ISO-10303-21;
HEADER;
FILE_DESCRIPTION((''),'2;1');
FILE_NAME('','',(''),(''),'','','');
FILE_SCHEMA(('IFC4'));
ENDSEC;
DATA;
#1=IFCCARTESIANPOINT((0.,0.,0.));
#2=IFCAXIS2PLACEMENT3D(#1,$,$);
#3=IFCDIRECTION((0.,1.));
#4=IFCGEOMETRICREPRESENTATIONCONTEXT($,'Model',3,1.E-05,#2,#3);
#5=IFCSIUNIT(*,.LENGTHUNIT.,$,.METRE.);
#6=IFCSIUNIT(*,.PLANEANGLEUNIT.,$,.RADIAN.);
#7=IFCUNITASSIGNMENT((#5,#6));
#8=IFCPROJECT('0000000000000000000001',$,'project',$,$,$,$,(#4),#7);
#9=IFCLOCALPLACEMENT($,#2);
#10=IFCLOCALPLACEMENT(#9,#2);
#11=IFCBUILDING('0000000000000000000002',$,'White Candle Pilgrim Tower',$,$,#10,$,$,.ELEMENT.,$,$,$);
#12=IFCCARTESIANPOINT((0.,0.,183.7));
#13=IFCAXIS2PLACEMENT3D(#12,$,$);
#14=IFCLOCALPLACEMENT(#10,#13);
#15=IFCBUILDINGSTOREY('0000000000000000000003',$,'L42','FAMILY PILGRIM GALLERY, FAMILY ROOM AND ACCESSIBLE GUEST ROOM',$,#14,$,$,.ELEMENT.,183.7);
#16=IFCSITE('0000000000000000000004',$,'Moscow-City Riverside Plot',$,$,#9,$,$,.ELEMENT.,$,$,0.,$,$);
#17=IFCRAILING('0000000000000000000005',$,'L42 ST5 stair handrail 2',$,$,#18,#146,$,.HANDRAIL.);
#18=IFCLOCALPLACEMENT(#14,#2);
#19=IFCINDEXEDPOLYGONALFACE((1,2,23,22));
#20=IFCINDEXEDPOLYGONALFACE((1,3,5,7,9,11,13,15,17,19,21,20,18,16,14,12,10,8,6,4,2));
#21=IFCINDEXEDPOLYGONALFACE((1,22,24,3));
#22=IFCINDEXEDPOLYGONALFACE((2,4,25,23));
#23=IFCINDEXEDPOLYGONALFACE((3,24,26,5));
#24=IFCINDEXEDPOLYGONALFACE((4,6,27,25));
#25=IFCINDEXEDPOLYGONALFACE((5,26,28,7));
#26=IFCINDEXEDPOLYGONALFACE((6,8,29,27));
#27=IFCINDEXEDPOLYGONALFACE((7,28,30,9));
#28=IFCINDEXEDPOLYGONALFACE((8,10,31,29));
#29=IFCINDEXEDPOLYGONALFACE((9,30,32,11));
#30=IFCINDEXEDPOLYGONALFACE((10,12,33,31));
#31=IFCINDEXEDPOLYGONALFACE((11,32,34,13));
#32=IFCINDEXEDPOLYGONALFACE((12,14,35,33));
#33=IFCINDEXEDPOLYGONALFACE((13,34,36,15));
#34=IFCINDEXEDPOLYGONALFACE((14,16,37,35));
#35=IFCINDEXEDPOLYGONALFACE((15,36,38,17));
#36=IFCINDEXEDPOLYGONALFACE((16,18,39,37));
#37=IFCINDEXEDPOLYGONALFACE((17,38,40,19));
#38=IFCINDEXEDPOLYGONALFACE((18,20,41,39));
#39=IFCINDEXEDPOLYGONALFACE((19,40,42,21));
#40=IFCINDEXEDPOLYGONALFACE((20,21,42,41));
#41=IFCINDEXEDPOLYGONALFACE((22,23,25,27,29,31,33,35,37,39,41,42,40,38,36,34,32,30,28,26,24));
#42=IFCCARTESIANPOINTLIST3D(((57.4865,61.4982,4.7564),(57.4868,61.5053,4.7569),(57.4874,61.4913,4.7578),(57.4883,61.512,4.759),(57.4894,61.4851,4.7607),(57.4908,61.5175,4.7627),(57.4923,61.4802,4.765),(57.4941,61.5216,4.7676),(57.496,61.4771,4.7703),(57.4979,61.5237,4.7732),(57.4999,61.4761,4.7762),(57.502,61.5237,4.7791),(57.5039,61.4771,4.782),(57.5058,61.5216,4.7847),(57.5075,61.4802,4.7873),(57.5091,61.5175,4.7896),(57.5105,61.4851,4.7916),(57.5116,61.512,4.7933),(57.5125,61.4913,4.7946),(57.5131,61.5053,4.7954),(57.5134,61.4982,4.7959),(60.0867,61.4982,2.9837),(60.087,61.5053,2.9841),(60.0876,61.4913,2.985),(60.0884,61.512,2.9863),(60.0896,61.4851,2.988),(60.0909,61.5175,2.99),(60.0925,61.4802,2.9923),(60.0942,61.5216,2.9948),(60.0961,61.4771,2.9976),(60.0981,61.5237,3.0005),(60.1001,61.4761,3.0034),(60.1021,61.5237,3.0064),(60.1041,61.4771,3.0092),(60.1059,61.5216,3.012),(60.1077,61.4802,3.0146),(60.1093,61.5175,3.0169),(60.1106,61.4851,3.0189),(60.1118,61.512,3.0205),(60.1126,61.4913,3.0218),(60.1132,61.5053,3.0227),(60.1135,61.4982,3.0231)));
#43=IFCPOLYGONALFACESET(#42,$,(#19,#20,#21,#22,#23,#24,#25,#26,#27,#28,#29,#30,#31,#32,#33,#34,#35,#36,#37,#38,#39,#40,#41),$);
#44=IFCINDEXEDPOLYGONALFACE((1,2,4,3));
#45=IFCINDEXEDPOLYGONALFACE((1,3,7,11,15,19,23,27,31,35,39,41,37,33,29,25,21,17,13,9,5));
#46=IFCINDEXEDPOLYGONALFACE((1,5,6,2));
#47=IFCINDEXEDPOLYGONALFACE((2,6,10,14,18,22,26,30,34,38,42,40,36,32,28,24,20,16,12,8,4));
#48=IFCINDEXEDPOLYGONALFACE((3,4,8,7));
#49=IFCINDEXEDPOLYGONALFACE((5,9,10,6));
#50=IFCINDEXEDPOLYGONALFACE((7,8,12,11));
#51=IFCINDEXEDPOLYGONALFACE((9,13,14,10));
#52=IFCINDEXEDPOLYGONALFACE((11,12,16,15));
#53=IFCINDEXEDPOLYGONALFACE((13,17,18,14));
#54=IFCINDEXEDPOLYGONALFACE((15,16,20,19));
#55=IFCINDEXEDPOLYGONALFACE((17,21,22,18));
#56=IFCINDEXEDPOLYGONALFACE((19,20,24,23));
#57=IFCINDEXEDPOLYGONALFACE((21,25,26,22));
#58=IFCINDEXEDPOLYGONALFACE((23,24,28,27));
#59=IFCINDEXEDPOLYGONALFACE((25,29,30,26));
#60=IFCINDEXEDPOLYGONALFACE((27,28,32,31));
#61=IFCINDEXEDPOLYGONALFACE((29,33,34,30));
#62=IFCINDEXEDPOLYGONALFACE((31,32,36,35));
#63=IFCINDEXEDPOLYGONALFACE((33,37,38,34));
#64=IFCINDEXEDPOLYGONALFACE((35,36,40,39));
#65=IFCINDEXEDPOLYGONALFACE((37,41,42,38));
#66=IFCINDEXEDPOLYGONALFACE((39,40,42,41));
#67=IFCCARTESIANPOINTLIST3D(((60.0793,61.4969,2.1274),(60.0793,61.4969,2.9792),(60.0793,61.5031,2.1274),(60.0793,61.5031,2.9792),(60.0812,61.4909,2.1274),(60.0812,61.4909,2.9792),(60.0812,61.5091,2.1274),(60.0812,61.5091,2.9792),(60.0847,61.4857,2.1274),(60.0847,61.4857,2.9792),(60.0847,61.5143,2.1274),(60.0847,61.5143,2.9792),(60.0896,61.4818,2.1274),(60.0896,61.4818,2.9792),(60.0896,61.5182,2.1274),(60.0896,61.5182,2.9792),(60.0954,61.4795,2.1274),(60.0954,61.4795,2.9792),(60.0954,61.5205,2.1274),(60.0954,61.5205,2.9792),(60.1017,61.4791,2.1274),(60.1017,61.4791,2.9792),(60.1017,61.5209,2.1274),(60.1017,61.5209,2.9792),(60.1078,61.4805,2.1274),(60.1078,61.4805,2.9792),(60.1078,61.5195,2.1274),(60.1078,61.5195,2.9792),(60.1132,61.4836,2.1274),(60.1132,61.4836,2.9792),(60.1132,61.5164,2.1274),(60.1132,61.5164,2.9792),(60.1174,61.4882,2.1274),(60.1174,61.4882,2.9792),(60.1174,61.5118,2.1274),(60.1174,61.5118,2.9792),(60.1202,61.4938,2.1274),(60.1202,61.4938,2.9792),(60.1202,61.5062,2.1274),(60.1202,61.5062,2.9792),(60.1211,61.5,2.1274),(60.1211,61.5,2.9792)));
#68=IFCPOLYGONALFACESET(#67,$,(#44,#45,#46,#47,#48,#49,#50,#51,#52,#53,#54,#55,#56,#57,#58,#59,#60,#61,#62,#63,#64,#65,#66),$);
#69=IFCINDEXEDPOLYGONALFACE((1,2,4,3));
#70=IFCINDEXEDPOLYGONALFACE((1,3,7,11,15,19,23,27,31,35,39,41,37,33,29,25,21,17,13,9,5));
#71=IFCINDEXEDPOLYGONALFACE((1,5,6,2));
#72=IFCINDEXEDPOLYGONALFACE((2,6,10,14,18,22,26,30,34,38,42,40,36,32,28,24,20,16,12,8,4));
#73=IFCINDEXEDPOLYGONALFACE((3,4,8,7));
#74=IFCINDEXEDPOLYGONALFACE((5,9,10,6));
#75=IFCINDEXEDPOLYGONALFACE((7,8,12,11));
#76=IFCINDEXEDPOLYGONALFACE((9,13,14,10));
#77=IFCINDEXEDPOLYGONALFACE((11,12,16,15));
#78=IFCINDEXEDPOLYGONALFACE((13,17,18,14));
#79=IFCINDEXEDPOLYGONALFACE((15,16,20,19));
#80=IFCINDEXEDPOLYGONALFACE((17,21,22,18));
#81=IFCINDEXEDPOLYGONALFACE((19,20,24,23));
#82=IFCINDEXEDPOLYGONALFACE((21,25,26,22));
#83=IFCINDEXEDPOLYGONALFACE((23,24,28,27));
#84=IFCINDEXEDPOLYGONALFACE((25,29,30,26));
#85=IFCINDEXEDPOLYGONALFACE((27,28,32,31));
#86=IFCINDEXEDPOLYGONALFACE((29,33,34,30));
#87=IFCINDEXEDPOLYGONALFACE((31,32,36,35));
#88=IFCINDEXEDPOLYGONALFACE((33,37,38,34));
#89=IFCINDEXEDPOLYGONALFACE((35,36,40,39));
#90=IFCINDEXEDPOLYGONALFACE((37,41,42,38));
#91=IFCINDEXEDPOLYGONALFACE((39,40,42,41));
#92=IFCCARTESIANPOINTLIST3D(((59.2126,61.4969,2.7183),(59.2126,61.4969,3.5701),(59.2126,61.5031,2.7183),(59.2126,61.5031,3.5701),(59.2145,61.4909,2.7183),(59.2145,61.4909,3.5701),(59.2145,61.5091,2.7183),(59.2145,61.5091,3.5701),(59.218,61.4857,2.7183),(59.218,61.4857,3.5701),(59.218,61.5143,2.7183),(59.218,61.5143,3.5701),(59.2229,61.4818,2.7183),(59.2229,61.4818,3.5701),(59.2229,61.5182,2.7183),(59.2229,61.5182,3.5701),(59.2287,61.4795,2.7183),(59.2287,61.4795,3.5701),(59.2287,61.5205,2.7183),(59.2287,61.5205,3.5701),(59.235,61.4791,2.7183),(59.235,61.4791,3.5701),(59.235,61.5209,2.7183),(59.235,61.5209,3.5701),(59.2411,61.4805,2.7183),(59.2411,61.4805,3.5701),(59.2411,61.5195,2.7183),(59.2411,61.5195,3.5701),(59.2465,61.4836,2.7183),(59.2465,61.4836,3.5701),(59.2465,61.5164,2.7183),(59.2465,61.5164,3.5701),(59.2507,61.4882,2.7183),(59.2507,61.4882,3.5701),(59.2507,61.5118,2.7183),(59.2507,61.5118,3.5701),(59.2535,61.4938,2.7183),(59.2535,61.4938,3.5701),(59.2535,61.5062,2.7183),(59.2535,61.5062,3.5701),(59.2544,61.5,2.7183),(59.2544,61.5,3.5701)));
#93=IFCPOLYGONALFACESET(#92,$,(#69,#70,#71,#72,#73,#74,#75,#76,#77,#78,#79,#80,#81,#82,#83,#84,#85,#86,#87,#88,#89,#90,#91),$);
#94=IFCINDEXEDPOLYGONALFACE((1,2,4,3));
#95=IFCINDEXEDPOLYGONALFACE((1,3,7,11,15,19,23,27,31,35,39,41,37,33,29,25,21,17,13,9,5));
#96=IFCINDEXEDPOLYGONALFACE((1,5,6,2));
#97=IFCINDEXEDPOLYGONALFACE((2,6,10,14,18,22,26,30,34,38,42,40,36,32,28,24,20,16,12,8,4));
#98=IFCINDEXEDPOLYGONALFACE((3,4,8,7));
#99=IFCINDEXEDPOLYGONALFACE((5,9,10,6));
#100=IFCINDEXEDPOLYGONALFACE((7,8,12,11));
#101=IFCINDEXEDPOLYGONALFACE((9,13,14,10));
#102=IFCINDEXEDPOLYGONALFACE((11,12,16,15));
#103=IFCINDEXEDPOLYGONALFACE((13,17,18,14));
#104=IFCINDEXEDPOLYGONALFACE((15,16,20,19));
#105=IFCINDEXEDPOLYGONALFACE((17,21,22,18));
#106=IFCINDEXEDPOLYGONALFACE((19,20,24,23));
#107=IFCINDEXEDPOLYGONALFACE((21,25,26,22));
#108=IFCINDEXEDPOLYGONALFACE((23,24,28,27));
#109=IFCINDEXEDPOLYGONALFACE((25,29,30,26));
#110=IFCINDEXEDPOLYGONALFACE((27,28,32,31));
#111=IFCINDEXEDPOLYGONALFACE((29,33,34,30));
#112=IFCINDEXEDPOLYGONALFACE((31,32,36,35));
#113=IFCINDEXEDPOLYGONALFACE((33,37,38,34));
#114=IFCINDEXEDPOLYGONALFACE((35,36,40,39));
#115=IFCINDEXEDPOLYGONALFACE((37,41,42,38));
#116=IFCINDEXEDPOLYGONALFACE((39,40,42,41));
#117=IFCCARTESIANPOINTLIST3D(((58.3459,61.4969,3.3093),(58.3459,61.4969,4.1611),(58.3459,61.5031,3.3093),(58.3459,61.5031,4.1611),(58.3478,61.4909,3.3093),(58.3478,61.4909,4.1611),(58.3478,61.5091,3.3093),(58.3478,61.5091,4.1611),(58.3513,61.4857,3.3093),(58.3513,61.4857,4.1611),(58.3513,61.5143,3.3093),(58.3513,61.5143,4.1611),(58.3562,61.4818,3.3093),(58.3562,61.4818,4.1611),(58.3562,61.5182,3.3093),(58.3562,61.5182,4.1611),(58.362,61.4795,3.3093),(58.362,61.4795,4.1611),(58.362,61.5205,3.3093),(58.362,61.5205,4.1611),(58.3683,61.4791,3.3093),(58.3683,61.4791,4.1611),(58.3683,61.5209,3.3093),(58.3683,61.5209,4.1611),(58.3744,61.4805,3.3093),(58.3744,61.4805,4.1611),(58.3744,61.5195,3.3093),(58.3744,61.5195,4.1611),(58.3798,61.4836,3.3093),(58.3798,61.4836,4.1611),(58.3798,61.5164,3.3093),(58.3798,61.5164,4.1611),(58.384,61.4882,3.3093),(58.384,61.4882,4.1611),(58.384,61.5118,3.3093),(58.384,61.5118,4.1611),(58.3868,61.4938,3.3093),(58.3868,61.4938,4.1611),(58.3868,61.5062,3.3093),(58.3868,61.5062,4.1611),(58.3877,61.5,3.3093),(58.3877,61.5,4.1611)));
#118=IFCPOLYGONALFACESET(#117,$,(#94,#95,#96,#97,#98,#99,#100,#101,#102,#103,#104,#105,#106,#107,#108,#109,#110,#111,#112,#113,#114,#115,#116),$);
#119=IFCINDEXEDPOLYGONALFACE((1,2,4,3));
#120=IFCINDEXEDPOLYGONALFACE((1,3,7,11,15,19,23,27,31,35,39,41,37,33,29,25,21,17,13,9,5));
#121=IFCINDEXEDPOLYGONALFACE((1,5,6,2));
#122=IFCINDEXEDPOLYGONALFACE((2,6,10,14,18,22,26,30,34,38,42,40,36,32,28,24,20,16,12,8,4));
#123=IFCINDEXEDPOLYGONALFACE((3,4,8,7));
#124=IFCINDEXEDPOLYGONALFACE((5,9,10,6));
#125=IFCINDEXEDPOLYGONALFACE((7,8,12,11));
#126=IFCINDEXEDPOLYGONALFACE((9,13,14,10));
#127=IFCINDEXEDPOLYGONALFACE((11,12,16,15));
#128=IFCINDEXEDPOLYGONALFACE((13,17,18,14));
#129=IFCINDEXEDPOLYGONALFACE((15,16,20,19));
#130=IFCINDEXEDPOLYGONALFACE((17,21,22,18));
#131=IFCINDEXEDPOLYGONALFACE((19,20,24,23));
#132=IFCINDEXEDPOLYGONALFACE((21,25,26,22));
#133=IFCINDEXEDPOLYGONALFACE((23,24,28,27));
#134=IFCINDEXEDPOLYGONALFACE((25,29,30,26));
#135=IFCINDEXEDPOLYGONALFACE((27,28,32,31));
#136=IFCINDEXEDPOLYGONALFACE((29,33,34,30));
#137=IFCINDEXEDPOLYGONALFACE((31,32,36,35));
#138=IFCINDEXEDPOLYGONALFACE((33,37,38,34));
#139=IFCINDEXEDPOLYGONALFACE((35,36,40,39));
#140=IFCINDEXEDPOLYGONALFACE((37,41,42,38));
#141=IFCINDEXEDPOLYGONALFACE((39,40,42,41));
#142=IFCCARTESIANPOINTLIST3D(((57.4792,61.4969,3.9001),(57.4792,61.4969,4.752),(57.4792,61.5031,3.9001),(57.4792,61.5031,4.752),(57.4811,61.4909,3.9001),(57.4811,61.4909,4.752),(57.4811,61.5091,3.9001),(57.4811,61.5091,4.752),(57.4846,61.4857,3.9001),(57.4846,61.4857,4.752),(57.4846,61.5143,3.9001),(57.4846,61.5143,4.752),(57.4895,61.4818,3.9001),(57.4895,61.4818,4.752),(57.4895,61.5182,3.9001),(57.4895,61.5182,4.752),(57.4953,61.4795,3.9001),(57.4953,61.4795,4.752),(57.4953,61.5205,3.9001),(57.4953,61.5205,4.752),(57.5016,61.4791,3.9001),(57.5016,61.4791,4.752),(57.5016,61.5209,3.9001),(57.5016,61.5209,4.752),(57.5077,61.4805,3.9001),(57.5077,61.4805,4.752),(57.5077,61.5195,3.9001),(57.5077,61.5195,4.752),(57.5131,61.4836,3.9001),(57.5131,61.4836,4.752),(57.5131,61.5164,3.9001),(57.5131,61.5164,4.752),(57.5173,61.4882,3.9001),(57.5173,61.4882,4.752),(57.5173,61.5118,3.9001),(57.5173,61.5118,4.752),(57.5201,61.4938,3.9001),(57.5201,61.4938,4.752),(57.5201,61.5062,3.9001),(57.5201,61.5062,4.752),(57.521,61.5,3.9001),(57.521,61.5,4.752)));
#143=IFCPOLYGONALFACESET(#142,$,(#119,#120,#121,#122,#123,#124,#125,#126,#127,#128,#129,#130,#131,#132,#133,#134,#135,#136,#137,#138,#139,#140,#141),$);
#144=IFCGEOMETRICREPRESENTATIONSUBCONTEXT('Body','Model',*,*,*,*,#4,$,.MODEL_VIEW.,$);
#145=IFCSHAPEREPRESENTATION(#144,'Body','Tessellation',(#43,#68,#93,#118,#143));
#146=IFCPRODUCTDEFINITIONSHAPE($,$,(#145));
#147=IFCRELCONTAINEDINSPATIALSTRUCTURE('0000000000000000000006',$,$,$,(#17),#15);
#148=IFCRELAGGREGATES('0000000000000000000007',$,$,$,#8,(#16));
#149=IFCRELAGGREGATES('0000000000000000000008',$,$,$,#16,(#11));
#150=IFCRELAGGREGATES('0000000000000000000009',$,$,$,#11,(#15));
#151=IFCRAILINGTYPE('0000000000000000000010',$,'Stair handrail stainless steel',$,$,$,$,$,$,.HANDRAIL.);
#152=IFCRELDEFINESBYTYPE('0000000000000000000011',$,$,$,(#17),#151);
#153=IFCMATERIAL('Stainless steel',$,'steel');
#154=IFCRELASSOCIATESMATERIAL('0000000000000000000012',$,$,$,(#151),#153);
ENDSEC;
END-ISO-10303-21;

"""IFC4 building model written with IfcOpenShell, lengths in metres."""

from ifc_helpers import new_model, si_unit, direction, frame, origin, origin_2d, place, context, subcontext, project, spatial, circle, extrude, material, type_object, element, save


model = new_model("IFC4")

# Units and contexts
model_context = context("Model", 3, precision=1e-05, world=origin(), true_north=direction((0.0, 1.0)))
body_context = subcontext(model_context, "Body", "Model", "MODEL_VIEW")
ifc_project = project(units=[si_unit("LENGTHUNIT", "METRE"), si_unit("PLANEANGLEUNIT", "RADIAN")], contexts=[model_context])

# Site, building, storey
site_placement = place(None, origin())
site = spatial("IfcSite", under=ifc_project, at=site_placement, Name="Moscow-City Riverside Plot", CompositionType="ELEMENT", RefElevation=0.0)
building_placement = place(site_placement, origin())
building = spatial("IfcBuilding", under=site, at=building_placement, Name="White Candle Pilgrim Tower", CompositionType="ELEMENT")
storey_placement = place(building_placement, frame((0.0, 0.0, 183.7)))
storey = spatial("IfcBuildingStorey", under=building, at=storey_placement, Name="L42", Description="FAMILY PILGRIM GALLERY, FAMILY ROOM AND ACCESSIBLE GUEST ROOM", CompositionType="ELEMENT", Elevation=183.7)

# Railing
ifc_material_1 = material(Name="Stainless steel", Category="steel")
railing_type_1 = type_object("IfcRailingType", Name="Stair handrail stainless steel", PredefinedType="HANDRAIL", material=ifc_material_1)
railing_1_placement = place(storey_placement, frame((60.1001, 61.5, 2.1274)))
element("IfcRailing", 1, at=railing_1_placement, inside=storey, type_object=railing_type_1, Name="L42 ST5 stair handrail 2", PredefinedType="HANDRAIL", context=body_context, shape_type="SweptSolid", body=[
    extrude(circle(Radius=0.0239, at=origin_2d()), frame((0.0, 0.0, 0.876), z_axis=(-0.82624, 0.0, 0.563318), x_axis=(0.0, -1.0, 0.0)), (0.0, 0.0, 1.0), 3.147),
    extrude(circle(Radius=0.021, at=origin_2d()), origin(), (0.0, 0.0, 1.0), 0.8518),
    extrude(circle(Radius=0.021, at=origin_2d()), frame((-0.8667, 0.0, 0.5908)), (0.0, 0.0, 1.0), 0.8518),
    extrude(circle(Radius=0.021, at=origin_2d()), frame((-1.7334, 0.0, 1.1819)), (0.0, 0.0, 1.0), 0.8518),
    extrude(circle(Radius=0.021, at=origin_2d()), frame((-2.6001, 0.0, 1.7727)), (0.0, 0.0, 1.0), 0.8518),
])

save(model, "model.ifc")
